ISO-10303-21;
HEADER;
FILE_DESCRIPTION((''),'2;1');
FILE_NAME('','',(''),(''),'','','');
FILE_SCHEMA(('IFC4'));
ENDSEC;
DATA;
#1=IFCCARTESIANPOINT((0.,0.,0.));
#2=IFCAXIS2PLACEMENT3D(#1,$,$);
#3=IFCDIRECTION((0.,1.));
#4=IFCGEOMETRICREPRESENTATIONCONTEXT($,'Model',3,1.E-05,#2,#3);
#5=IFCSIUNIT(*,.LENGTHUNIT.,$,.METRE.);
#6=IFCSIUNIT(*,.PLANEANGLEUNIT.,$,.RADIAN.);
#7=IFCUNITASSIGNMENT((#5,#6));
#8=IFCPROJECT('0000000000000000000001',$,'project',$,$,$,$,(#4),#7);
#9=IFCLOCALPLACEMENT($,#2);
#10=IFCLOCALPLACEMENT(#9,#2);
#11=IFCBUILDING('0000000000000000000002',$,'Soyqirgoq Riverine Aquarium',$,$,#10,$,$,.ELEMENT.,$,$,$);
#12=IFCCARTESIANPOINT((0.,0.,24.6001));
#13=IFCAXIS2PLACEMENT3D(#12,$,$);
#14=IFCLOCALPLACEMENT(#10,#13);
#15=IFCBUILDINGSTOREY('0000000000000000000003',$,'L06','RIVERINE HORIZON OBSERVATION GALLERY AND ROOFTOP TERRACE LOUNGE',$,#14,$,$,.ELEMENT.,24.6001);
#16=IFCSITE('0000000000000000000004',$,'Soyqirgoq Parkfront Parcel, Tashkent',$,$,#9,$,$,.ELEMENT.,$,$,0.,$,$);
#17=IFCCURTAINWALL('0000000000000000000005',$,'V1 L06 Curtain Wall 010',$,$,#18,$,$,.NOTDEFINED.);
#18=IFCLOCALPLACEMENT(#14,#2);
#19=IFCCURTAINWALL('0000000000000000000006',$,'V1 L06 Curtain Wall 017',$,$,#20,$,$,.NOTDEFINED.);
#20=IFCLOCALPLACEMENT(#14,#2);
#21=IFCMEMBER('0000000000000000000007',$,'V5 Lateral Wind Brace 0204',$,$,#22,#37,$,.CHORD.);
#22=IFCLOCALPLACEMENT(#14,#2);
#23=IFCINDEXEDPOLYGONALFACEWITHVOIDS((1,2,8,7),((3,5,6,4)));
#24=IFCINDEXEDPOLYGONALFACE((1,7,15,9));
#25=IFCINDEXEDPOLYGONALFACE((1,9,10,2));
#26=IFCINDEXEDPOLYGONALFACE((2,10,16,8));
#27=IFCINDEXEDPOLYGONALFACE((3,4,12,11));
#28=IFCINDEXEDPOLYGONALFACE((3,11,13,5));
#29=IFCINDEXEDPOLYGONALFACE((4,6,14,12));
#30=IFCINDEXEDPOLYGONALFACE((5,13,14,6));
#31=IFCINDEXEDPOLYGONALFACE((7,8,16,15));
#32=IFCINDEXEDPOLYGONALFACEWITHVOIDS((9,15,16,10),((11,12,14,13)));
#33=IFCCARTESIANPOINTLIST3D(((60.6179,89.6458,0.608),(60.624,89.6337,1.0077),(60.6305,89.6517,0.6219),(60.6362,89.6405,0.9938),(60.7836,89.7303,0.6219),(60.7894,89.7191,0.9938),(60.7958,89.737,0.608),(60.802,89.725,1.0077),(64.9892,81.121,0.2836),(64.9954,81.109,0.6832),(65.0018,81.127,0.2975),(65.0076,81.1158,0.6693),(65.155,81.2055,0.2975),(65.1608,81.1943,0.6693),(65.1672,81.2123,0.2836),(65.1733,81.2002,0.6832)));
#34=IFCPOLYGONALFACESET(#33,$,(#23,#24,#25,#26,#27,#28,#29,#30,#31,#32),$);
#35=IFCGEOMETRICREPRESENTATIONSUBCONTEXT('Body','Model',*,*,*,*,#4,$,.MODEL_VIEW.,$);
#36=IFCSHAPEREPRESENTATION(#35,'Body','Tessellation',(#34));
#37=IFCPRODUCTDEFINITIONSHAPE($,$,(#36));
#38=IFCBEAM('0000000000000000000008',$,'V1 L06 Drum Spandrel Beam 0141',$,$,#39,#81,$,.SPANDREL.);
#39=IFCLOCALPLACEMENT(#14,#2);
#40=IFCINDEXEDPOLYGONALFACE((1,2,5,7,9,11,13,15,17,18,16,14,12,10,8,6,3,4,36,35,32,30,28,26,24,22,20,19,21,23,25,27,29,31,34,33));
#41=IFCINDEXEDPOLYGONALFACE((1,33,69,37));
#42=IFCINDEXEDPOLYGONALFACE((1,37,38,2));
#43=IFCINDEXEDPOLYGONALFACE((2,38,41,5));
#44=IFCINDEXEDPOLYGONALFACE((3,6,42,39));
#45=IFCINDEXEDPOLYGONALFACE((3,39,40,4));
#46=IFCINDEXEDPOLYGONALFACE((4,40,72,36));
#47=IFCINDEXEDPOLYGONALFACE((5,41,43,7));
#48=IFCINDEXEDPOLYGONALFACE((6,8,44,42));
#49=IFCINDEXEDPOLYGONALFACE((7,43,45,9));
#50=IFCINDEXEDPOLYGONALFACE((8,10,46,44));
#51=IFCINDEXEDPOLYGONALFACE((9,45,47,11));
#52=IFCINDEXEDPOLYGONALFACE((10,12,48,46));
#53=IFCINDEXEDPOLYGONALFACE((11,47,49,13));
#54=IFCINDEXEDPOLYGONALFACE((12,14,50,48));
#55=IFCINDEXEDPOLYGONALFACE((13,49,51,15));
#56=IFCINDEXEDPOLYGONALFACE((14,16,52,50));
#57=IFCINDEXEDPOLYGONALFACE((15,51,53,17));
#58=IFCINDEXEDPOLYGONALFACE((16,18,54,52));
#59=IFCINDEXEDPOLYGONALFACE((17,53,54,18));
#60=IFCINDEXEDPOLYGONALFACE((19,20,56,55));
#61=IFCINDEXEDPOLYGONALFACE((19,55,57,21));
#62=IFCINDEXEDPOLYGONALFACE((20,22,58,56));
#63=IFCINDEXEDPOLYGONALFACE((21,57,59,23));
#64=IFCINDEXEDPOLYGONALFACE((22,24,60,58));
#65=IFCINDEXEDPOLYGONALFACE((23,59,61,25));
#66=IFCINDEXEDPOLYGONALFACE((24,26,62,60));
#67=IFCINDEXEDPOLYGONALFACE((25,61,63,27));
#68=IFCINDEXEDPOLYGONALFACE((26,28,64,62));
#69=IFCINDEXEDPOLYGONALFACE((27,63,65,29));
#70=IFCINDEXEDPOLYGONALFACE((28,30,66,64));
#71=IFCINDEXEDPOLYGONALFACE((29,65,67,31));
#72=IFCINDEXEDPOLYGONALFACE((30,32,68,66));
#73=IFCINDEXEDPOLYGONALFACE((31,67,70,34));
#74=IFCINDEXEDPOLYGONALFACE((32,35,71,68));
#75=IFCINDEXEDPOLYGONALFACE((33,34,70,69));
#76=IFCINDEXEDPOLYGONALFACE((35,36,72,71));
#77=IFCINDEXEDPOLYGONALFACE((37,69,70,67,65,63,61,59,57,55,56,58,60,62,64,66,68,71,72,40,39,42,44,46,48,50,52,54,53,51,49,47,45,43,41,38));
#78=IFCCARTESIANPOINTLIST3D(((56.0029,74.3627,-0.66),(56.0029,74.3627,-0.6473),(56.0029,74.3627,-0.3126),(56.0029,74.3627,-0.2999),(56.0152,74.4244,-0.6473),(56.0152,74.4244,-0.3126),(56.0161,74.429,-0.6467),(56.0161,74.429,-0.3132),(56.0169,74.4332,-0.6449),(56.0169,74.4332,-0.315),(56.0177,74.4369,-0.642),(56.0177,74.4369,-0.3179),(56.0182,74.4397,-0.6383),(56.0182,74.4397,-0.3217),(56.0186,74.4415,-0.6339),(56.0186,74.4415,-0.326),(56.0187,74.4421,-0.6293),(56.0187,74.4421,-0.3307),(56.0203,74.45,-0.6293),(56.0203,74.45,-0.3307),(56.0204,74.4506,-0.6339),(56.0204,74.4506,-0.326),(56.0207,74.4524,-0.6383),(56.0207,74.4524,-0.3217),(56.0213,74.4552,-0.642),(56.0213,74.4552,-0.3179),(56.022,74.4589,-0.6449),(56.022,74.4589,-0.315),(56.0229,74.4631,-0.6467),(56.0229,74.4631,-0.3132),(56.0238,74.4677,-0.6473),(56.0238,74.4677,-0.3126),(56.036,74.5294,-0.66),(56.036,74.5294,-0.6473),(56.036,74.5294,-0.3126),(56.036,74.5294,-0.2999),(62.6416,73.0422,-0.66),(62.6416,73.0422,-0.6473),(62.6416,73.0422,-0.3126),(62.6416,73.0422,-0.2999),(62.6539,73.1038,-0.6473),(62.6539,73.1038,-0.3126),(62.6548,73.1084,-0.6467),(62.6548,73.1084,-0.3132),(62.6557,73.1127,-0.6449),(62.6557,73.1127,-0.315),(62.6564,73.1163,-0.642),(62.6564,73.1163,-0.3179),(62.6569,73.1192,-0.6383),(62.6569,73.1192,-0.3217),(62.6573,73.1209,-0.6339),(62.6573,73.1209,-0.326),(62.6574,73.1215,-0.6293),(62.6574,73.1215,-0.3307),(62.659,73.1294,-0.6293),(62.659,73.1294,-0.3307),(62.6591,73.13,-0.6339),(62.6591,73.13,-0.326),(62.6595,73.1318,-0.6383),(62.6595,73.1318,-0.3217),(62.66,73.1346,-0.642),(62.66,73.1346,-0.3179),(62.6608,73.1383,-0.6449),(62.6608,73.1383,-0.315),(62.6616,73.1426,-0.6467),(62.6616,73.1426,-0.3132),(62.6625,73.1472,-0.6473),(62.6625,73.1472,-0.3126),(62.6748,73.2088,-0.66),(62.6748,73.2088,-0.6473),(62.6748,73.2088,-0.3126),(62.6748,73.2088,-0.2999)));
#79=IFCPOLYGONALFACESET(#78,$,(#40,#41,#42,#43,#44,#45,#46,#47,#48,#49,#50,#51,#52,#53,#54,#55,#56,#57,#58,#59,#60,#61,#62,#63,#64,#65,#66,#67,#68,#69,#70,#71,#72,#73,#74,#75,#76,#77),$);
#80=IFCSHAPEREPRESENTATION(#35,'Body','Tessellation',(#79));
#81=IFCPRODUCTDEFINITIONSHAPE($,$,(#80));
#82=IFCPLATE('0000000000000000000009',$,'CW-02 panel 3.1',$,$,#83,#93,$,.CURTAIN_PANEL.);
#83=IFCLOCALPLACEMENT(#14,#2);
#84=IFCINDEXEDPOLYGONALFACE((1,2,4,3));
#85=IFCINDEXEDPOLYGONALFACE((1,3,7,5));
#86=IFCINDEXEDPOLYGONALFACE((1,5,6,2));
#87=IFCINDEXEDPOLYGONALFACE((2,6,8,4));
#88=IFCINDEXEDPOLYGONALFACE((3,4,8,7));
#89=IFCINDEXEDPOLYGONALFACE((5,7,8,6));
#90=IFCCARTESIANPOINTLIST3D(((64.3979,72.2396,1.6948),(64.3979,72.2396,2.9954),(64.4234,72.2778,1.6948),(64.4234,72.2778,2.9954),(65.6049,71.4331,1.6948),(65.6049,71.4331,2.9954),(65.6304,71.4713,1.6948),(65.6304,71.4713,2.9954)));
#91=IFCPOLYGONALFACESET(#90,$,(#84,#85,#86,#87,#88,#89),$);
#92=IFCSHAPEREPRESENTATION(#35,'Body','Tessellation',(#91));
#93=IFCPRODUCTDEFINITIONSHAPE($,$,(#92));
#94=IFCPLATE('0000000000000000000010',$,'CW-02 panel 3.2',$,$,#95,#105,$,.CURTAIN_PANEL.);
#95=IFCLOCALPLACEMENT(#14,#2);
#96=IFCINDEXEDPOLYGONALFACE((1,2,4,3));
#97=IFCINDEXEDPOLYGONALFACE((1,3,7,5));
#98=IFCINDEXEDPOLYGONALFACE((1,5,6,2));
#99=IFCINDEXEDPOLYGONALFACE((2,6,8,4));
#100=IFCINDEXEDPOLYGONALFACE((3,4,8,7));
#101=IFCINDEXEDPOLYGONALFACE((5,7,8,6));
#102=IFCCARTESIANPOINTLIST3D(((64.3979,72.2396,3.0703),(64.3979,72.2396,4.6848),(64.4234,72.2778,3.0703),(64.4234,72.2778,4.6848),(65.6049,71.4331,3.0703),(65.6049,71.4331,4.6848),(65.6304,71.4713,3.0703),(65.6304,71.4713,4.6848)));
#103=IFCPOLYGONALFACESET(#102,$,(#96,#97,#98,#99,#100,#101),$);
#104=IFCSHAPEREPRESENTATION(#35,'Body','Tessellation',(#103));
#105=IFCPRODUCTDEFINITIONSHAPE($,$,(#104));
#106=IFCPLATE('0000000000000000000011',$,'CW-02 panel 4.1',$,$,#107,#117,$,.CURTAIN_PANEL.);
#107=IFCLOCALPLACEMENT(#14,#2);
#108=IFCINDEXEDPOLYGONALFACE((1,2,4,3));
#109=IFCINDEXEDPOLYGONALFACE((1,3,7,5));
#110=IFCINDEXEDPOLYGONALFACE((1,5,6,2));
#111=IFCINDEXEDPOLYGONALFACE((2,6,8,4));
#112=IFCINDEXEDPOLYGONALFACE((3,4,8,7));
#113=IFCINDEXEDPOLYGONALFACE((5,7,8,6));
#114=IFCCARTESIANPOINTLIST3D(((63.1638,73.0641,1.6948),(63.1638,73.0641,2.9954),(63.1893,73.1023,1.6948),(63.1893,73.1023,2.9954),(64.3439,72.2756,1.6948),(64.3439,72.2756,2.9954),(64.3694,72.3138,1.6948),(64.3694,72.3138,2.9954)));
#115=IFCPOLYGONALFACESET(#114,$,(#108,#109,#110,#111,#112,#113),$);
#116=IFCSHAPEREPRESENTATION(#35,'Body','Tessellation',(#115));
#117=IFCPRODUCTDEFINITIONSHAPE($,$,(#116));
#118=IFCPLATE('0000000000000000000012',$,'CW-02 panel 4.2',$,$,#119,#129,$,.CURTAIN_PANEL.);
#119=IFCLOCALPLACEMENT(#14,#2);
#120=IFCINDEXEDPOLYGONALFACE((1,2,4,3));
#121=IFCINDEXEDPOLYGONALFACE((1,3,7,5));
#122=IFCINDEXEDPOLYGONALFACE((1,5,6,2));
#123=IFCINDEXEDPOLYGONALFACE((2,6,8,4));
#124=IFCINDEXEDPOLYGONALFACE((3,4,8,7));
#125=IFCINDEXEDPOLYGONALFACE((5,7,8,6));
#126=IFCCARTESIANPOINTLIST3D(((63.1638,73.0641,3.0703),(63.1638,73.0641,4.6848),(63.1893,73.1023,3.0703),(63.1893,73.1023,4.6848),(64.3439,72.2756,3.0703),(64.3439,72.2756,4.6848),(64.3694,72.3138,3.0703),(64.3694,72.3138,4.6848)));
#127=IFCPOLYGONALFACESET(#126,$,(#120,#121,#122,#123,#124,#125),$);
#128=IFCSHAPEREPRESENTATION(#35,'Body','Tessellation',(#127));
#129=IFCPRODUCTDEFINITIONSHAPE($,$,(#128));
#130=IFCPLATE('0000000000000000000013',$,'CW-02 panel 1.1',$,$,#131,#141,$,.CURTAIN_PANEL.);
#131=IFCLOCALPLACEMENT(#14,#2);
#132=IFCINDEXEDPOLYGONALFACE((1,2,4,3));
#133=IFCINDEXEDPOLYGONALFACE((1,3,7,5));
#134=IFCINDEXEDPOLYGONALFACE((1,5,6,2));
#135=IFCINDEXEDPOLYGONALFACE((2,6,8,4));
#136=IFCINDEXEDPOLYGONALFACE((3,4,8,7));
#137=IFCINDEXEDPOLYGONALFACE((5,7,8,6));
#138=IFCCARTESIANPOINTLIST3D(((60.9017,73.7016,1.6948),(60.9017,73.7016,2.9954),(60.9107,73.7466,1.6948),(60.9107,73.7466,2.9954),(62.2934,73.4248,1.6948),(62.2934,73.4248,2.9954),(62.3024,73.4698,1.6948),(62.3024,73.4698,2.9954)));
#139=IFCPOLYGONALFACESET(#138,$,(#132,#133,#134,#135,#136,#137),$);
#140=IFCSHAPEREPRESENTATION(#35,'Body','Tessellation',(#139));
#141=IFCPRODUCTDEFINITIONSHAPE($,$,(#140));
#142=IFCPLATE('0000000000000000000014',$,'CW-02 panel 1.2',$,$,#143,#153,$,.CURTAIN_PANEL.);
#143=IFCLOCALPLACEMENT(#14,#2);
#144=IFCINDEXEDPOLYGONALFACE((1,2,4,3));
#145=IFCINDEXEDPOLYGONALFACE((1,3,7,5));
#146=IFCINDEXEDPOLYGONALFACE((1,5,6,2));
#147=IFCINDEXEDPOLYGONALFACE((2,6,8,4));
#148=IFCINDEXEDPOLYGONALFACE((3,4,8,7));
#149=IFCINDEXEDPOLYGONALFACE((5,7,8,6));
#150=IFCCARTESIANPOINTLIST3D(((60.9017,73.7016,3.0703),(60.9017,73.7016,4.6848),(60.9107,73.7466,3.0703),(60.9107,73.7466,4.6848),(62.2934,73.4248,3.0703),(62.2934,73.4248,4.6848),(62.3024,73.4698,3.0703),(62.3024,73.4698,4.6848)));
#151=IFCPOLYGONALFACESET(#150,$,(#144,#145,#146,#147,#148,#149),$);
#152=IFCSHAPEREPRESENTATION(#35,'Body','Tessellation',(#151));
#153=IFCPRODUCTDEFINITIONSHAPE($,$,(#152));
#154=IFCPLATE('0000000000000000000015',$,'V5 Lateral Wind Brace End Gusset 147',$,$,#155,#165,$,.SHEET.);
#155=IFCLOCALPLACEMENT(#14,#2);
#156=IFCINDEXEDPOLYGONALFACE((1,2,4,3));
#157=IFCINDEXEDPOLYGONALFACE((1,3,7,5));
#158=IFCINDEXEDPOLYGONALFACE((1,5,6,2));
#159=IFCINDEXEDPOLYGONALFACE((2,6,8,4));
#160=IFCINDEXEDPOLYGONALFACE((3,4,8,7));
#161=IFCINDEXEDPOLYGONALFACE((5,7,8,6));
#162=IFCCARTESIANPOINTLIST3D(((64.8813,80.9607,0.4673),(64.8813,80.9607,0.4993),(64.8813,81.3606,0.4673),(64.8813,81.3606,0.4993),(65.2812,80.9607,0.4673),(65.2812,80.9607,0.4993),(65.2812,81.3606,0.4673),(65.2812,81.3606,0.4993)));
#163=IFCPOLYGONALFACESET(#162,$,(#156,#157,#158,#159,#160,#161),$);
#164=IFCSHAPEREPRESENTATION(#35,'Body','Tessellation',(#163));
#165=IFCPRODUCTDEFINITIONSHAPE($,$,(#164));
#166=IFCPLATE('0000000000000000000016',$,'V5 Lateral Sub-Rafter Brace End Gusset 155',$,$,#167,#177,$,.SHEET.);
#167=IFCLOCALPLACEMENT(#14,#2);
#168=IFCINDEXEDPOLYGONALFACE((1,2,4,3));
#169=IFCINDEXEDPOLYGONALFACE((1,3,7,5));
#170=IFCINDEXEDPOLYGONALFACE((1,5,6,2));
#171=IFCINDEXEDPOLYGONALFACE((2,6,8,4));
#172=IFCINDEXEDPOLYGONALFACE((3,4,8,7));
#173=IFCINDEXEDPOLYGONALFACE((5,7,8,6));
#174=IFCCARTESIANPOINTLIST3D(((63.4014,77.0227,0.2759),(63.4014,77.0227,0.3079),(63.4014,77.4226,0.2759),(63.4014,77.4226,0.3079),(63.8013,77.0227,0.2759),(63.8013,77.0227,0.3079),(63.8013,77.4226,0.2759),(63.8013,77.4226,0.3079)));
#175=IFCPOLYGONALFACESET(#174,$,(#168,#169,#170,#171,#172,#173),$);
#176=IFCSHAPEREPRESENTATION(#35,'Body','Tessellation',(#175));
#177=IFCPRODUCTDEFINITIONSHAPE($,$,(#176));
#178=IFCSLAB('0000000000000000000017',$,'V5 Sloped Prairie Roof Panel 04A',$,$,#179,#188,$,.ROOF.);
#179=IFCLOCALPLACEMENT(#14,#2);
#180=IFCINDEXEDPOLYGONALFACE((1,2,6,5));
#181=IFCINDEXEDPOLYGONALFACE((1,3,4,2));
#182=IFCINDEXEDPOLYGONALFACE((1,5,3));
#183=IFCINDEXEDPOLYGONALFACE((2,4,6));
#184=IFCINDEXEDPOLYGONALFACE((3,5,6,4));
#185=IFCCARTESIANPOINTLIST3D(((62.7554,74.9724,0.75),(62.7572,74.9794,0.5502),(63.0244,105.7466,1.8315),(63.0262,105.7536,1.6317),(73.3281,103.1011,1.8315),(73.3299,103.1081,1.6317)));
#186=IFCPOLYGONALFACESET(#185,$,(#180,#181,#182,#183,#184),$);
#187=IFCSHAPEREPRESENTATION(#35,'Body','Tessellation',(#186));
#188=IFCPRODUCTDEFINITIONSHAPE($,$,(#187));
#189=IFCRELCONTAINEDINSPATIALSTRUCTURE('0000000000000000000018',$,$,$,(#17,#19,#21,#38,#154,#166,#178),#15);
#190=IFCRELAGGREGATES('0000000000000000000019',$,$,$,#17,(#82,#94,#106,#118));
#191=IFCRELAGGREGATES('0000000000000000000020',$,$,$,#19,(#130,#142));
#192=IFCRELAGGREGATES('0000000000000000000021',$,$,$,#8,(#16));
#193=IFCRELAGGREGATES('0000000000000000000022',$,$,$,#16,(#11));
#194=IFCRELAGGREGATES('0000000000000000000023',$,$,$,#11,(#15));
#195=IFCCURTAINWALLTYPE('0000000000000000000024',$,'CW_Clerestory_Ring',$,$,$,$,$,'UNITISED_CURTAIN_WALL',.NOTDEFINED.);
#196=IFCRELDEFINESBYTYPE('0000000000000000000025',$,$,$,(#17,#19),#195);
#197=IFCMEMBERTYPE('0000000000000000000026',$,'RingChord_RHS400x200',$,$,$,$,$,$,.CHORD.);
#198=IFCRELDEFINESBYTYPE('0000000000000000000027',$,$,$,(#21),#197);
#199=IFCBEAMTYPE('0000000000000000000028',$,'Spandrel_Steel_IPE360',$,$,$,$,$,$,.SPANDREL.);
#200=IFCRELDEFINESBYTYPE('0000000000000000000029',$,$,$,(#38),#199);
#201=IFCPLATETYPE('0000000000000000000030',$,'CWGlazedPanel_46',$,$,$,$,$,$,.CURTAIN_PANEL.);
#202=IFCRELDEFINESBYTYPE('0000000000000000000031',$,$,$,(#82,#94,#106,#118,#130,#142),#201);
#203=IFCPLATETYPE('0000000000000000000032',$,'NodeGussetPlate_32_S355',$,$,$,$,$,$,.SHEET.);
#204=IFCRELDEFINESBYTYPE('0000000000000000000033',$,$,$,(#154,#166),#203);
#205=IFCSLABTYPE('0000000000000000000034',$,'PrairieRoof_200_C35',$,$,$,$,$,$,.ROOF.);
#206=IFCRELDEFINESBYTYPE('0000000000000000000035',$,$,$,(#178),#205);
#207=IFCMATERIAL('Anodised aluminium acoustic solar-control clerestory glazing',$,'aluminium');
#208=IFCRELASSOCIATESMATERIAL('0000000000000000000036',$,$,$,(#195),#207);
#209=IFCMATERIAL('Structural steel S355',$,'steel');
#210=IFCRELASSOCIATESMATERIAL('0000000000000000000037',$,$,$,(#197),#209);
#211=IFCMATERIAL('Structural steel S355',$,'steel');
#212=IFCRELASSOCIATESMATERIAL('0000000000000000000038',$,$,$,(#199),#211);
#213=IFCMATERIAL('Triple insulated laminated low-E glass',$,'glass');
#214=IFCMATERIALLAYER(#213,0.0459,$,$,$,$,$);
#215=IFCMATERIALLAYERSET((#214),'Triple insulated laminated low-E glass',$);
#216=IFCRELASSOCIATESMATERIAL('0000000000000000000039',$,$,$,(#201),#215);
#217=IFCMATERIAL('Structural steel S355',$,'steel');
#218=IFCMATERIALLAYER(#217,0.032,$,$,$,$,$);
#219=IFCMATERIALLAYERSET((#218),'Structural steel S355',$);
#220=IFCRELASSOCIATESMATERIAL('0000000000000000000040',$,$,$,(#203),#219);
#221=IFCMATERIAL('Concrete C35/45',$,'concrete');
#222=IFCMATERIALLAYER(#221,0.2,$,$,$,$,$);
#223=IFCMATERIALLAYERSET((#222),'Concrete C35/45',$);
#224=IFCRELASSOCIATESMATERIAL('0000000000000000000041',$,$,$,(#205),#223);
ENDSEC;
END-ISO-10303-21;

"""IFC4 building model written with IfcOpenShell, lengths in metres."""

from ifc_helpers import new_model, si_unit, direction, frame, origin, origin_2d, place, context, subcontext, project, spatial, polyline, rectangle, hollow_rectangle, i_section, outline, extrude, material, layer, layer_set, material_profile, profile_set, type_object, element, aggregate, save


model = new_model("IFC4")

# Units and contexts
model_context = context("Model", 3, precision=1e-05, world=origin(), true_north=direction((0.0, 1.0)))
body_context = subcontext(model_context, "Body", "Model", "MODEL_VIEW")
ifc_project = project(units=[si_unit("LENGTHUNIT", "METRE"), si_unit("PLANEANGLEUNIT", "RADIAN")], contexts=[model_context])

# Site, building, storey
site_placement = place(None, origin())
site = spatial("IfcSite", under=ifc_project, at=site_placement, Name="Soyqirgoq Parkfront Parcel, Tashkent", CompositionType="ELEMENT", RefElevation=0.0)
building_placement = place(site_placement, origin())
building = spatial("IfcBuilding", under=site, at=building_placement, Name="Soyqirgoq Riverine Aquarium", CompositionType="ELEMENT")
storey_placement = place(building_placement, frame((0.0, 0.0, 24.6001)))
storey = spatial("IfcBuildingStorey", under=building, at=storey_placement, Name="L06", Description="RIVERINE HORIZON OBSERVATION GALLERY AND ROOFTOP TERRACE LOUNGE", CompositionType="ELEMENT", Elevation=24.6001)

# Curtain walls
ifc_material_1 = material(Name="Anodised aluminium acoustic solar-control clerestory glazing", Category="aluminium")
curtain_wall_type = type_object("IfcCurtainWallType", Name="CW_Clerestory_Ring", ElementType="UNITISED_CURTAIN_WALL", PredefinedType="NOTDEFINED", material=ifc_material_1)
curtain_wall_1_placement = place(storey_placement, origin())
curtain_wall_1 = element("IfcCurtainWall", 1, at=curtain_wall_1_placement, inside=storey, type_object=curtain_wall_type, Name="V1 L06 Curtain Wall 010", PredefinedType="NOTDEFINED")
curtain_wall_2_placement = place(storey_placement, origin())
curtain_wall_2 = element("IfcCurtainWall", 2, at=curtain_wall_2_placement, inside=storey, type_object=curtain_wall_type, Name="V1 L06 Curtain Wall 017", PredefinedType="NOTDEFINED")

# Member
ifc_material_2 = material(Name="Structural steel S355", Category="steel")
ifc_material_profile_1 = material_profile(ifc_material_2, hollow_rectangle(XDim=0.2, YDim=0.3999, WallThickness=0.0139, at=origin_2d()), Name="RHS 400x200x14")
ifc_profile_set_1 = profile_set([ifc_material_profile_1], Name="Structural steel S355")
member_type_1 = type_object("IfcMemberType", Name="RingChord_RHS400x200", PredefinedType="CHORD", material=ifc_profile_set_1)
member_1_placement = place(storey_placement, frame((65.0813, 81.1606, 0.4834), z_axis=(-0.456032, 0.889319, 0.033849), x_axis=(-0.889829, -0.456293, 0.0)))
element("IfcMember", 3, at=member_1_placement, inside=storey, type_object=member_type_1, Name="V5 Lateral Wind Brace 0204", PredefinedType="CHORD", context=body_context, shape_type="SweptSolid", body=[
    extrude(hollow_rectangle(XDim=0.2, YDim=0.3999, WallThickness=0.0139, at=origin_2d()), origin(), (0.0, 0.0, 1.0), 9.5857),
])

# Beam
ifc_material_3 = material(Name="Structural steel S355", Category="steel")
ifc_material_profile_2 = material_profile(ifc_material_3, i_section(OverallWidth=0.1699, OverallDepth=0.3601, WebThickness=0.0081, FlangeThickness=0.0127, FilletRadius=0.0181, at=origin_2d()), Name="IPE 360")
ifc_profile_set_2 = profile_set([ifc_material_profile_2], Name="Structural steel S355")
beam_type_1 = type_object("IfcBeamType", Name="Spandrel_Steel_IPE360", PredefinedType="SPANDREL", material=ifc_profile_set_2)
beam_1_placement = place(storey_placement, frame((62.6582, 73.1255, -0.48), z_axis=(-0.980784, 0.195096, 0.0), x_axis=(-0.195096, -0.980784, 0.0)))
element("IfcBeam", 4, at=beam_1_placement, inside=storey, type_object=beam_type_1, Name="V1 L06 Drum Spandrel Beam 0141", PredefinedType="SPANDREL", context=body_context, shape_type="SweptSolid", body=[
    extrude(i_section(OverallWidth=0.1699, OverallDepth=0.3601, WebThickness=0.0081, FlangeThickness=0.0127, FilletRadius=0.0181, at=origin_2d()), origin(), (0.0, 0.0, 1.0), 6.7688),
])

# Plates
ifc_material_4 = material(Name="Triple insulated laminated low-E glass", Category="glass")
ifc_layer_1 = layer(ifc_material_4, 0.0459)
ifc_layer_set_1 = layer_set([ifc_layer_1], Name="Triple insulated laminated low-E glass")
plate_type_1 = type_object("IfcPlateType", Name="CWGlazedPanel_46", PredefinedType="CURTAIN_PANEL", material=ifc_layer_set_1)
plate_1_placement = place(storey_placement, frame((65.0142, 71.8555, 1.6948), z_axis=(0.0, 0.0, 1.0), x_axis=(-0.831464, 0.555579, 0.0)))
plate_1 = element("IfcPlate", 5, at=plate_1_placement, type_object=plate_type_1, Name="CW-02 panel 3.1", PredefinedType="CURTAIN_PANEL", context=body_context, shape_type="SweptSolid", body=[
    extrude(rectangle(XDim=1.4517, YDim=0.0459, at=origin_2d()), origin(), (0.0, 0.0, 1.0), 1.3005),
])
plate_2_placement = place(storey_placement, frame((65.0142, 71.8555, 3.0703), z_axis=(0.0, 0.0, 1.0), x_axis=(-0.831464, 0.555579, 0.0)))
plate_2 = element("IfcPlate", 6, at=plate_2_placement, type_object=plate_type_1, Name="CW-02 panel 3.2", PredefinedType="CURTAIN_PANEL", context=body_context, shape_type="SweptSolid", body=[
    extrude(rectangle(XDim=1.4517, YDim=0.0459, at=origin_2d()), origin(), (0.0, 0.0, 1.0), 1.6145),
])
plate_3_placement = place(storey_placement, frame((63.7666, 72.689, 1.6948), z_axis=(0.0, 0.0, 1.0), x_axis=(-0.831464, 0.555579, 0.0)))
plate_3 = element("IfcPlate", 7, at=plate_3_placement, type_object=plate_type_1, Name="CW-02 panel 4.1", PredefinedType="CURTAIN_PANEL", context=body_context, shape_type="SweptSolid", body=[
    extrude(rectangle(XDim=1.4192, YDim=0.0459, at=origin_2d()), origin(), (0.0, 0.0, 1.0), 1.3005),
])
plate_4_placement = place(storey_placement, frame((63.7666, 72.689, 3.0703), z_axis=(0.0, 0.0, 1.0), x_axis=(-0.831464, 0.555579, 0.0)))
plate_4 = element("IfcPlate", 8, at=plate_4_placement, type_object=plate_type_1, Name="CW-02 panel 4.2", PredefinedType="CURTAIN_PANEL", context=body_context, shape_type="SweptSolid", body=[
    extrude(rectangle(XDim=1.4192, YDim=0.0459, at=origin_2d()), origin(), (0.0, 0.0, 1.0), 1.6145),
])
aggregate(curtain_wall_1, [plate_1, plate_2, plate_3, plate_4])
plate_5_placement = place(storey_placement, frame((61.6021, 73.5857, 1.6948), z_axis=(0.0, 0.0, 1.0), x_axis=(-0.980784, 0.195095, 0.0)))
plate_5 = element("IfcPlate", 9, at=plate_5_placement, type_object=plate_type_1, Name="CW-02 panel 1.1", PredefinedType="CURTAIN_PANEL", context=body_context, shape_type="SweptSolid", body=[
    extrude(rectangle(XDim=1.4189, YDim=0.0459, at=origin_2d()), origin(), (0.0, 0.0, 1.0), 1.3005),
])
plate_6_placement = place(storey_placement, frame((61.6021, 73.5857, 3.0703), z_axis=(0.0, 0.0, 1.0), x_axis=(-0.980784, 0.195095, 0.0)))
plate_6 = element("IfcPlate", 10, at=plate_6_placement, type_object=plate_type_1, Name="CW-02 panel 1.2", PredefinedType="CURTAIN_PANEL", context=body_context, shape_type="SweptSolid", body=[
    extrude(rectangle(XDim=1.4189, YDim=0.0459, at=origin_2d()), origin(), (0.0, 0.0, 1.0), 1.6145),
])
aggregate(curtain_wall_2, [plate_5, plate_6])

# Plates
ifc_material_5 = material(Name="Structural steel S355", Category="steel")
ifc_layer_2 = layer(ifc_material_5, 0.032)
ifc_layer_set_2 = layer_set([ifc_layer_2], Name="Structural steel S355")
plate_type_2 = type_object("IfcPlateType", Name="NodeGussetPlate_32_S355", PredefinedType="SHEET", material=ifc_layer_set_2)
for number, where, z_axis, x_axis, name in (
    (11, (65.0813, 81.1606, 0.4673), (0.0, 0.0, 1.0), (1.0, 0.0, 0.0), "V5 Lateral Wind Brace End Gusset 147"),
    (12, (63.6013, 77.2227, 0.2759), (0.0, 0.0, 1.0), (1.0, 0.0, 0.0), "V5 Lateral Sub-Rafter Brace End Gusset 155"),
):
    element("IfcPlate", number, at=place(storey_placement, frame(where, z_axis=z_axis, x_axis=x_axis)), inside=storey, type_object=plate_type_2, Name=name, PredefinedType="SHEET", context=body_context, shape_type="SweptSolid", body=[
        extrude(rectangle(XDim=0.3999, YDim=0.3999, at=origin_2d()), origin(), (0.0, 0.0, 1.0), 0.032),
    ])

# Slab
ifc_material_6 = material(Name="Concrete C35/45", Category="concrete")
ifc_layer_3 = layer(ifc_material_6, 0.2)
ifc_layer_set_3 = layer_set([ifc_layer_3], Name="Concrete C35/45")
slab_type = type_object("IfcSlabType", Name="PrairieRoof_200_C35", PredefinedType="ROOF", material=ifc_layer_set_3)
slab_1_placement = place(storey_placement, frame((62.7554, 74.9724, 0.75), z_axis=(-0.008997, -0.035043, 0.999345), x_axis=(0.351611, 0.935455, 0.035968)))
element("IfcSlab", 13, at=slab_1_placement, inside=storey, type_object=slab_type, Name="V5 Sloped Prairie Roof Panel 04A", PredefinedType="ROOF", context=body_context, shape_type="SweptSolid", body=[
    extrude(outline(polyline([(0.0, 0.0), (30.0695, 0.0), (28.9214, 10.5758), (0.0, 0.0)])), origin(), (0.0, 0.0, -1.0), 0.2),
])

save(model, "model.ifc")
